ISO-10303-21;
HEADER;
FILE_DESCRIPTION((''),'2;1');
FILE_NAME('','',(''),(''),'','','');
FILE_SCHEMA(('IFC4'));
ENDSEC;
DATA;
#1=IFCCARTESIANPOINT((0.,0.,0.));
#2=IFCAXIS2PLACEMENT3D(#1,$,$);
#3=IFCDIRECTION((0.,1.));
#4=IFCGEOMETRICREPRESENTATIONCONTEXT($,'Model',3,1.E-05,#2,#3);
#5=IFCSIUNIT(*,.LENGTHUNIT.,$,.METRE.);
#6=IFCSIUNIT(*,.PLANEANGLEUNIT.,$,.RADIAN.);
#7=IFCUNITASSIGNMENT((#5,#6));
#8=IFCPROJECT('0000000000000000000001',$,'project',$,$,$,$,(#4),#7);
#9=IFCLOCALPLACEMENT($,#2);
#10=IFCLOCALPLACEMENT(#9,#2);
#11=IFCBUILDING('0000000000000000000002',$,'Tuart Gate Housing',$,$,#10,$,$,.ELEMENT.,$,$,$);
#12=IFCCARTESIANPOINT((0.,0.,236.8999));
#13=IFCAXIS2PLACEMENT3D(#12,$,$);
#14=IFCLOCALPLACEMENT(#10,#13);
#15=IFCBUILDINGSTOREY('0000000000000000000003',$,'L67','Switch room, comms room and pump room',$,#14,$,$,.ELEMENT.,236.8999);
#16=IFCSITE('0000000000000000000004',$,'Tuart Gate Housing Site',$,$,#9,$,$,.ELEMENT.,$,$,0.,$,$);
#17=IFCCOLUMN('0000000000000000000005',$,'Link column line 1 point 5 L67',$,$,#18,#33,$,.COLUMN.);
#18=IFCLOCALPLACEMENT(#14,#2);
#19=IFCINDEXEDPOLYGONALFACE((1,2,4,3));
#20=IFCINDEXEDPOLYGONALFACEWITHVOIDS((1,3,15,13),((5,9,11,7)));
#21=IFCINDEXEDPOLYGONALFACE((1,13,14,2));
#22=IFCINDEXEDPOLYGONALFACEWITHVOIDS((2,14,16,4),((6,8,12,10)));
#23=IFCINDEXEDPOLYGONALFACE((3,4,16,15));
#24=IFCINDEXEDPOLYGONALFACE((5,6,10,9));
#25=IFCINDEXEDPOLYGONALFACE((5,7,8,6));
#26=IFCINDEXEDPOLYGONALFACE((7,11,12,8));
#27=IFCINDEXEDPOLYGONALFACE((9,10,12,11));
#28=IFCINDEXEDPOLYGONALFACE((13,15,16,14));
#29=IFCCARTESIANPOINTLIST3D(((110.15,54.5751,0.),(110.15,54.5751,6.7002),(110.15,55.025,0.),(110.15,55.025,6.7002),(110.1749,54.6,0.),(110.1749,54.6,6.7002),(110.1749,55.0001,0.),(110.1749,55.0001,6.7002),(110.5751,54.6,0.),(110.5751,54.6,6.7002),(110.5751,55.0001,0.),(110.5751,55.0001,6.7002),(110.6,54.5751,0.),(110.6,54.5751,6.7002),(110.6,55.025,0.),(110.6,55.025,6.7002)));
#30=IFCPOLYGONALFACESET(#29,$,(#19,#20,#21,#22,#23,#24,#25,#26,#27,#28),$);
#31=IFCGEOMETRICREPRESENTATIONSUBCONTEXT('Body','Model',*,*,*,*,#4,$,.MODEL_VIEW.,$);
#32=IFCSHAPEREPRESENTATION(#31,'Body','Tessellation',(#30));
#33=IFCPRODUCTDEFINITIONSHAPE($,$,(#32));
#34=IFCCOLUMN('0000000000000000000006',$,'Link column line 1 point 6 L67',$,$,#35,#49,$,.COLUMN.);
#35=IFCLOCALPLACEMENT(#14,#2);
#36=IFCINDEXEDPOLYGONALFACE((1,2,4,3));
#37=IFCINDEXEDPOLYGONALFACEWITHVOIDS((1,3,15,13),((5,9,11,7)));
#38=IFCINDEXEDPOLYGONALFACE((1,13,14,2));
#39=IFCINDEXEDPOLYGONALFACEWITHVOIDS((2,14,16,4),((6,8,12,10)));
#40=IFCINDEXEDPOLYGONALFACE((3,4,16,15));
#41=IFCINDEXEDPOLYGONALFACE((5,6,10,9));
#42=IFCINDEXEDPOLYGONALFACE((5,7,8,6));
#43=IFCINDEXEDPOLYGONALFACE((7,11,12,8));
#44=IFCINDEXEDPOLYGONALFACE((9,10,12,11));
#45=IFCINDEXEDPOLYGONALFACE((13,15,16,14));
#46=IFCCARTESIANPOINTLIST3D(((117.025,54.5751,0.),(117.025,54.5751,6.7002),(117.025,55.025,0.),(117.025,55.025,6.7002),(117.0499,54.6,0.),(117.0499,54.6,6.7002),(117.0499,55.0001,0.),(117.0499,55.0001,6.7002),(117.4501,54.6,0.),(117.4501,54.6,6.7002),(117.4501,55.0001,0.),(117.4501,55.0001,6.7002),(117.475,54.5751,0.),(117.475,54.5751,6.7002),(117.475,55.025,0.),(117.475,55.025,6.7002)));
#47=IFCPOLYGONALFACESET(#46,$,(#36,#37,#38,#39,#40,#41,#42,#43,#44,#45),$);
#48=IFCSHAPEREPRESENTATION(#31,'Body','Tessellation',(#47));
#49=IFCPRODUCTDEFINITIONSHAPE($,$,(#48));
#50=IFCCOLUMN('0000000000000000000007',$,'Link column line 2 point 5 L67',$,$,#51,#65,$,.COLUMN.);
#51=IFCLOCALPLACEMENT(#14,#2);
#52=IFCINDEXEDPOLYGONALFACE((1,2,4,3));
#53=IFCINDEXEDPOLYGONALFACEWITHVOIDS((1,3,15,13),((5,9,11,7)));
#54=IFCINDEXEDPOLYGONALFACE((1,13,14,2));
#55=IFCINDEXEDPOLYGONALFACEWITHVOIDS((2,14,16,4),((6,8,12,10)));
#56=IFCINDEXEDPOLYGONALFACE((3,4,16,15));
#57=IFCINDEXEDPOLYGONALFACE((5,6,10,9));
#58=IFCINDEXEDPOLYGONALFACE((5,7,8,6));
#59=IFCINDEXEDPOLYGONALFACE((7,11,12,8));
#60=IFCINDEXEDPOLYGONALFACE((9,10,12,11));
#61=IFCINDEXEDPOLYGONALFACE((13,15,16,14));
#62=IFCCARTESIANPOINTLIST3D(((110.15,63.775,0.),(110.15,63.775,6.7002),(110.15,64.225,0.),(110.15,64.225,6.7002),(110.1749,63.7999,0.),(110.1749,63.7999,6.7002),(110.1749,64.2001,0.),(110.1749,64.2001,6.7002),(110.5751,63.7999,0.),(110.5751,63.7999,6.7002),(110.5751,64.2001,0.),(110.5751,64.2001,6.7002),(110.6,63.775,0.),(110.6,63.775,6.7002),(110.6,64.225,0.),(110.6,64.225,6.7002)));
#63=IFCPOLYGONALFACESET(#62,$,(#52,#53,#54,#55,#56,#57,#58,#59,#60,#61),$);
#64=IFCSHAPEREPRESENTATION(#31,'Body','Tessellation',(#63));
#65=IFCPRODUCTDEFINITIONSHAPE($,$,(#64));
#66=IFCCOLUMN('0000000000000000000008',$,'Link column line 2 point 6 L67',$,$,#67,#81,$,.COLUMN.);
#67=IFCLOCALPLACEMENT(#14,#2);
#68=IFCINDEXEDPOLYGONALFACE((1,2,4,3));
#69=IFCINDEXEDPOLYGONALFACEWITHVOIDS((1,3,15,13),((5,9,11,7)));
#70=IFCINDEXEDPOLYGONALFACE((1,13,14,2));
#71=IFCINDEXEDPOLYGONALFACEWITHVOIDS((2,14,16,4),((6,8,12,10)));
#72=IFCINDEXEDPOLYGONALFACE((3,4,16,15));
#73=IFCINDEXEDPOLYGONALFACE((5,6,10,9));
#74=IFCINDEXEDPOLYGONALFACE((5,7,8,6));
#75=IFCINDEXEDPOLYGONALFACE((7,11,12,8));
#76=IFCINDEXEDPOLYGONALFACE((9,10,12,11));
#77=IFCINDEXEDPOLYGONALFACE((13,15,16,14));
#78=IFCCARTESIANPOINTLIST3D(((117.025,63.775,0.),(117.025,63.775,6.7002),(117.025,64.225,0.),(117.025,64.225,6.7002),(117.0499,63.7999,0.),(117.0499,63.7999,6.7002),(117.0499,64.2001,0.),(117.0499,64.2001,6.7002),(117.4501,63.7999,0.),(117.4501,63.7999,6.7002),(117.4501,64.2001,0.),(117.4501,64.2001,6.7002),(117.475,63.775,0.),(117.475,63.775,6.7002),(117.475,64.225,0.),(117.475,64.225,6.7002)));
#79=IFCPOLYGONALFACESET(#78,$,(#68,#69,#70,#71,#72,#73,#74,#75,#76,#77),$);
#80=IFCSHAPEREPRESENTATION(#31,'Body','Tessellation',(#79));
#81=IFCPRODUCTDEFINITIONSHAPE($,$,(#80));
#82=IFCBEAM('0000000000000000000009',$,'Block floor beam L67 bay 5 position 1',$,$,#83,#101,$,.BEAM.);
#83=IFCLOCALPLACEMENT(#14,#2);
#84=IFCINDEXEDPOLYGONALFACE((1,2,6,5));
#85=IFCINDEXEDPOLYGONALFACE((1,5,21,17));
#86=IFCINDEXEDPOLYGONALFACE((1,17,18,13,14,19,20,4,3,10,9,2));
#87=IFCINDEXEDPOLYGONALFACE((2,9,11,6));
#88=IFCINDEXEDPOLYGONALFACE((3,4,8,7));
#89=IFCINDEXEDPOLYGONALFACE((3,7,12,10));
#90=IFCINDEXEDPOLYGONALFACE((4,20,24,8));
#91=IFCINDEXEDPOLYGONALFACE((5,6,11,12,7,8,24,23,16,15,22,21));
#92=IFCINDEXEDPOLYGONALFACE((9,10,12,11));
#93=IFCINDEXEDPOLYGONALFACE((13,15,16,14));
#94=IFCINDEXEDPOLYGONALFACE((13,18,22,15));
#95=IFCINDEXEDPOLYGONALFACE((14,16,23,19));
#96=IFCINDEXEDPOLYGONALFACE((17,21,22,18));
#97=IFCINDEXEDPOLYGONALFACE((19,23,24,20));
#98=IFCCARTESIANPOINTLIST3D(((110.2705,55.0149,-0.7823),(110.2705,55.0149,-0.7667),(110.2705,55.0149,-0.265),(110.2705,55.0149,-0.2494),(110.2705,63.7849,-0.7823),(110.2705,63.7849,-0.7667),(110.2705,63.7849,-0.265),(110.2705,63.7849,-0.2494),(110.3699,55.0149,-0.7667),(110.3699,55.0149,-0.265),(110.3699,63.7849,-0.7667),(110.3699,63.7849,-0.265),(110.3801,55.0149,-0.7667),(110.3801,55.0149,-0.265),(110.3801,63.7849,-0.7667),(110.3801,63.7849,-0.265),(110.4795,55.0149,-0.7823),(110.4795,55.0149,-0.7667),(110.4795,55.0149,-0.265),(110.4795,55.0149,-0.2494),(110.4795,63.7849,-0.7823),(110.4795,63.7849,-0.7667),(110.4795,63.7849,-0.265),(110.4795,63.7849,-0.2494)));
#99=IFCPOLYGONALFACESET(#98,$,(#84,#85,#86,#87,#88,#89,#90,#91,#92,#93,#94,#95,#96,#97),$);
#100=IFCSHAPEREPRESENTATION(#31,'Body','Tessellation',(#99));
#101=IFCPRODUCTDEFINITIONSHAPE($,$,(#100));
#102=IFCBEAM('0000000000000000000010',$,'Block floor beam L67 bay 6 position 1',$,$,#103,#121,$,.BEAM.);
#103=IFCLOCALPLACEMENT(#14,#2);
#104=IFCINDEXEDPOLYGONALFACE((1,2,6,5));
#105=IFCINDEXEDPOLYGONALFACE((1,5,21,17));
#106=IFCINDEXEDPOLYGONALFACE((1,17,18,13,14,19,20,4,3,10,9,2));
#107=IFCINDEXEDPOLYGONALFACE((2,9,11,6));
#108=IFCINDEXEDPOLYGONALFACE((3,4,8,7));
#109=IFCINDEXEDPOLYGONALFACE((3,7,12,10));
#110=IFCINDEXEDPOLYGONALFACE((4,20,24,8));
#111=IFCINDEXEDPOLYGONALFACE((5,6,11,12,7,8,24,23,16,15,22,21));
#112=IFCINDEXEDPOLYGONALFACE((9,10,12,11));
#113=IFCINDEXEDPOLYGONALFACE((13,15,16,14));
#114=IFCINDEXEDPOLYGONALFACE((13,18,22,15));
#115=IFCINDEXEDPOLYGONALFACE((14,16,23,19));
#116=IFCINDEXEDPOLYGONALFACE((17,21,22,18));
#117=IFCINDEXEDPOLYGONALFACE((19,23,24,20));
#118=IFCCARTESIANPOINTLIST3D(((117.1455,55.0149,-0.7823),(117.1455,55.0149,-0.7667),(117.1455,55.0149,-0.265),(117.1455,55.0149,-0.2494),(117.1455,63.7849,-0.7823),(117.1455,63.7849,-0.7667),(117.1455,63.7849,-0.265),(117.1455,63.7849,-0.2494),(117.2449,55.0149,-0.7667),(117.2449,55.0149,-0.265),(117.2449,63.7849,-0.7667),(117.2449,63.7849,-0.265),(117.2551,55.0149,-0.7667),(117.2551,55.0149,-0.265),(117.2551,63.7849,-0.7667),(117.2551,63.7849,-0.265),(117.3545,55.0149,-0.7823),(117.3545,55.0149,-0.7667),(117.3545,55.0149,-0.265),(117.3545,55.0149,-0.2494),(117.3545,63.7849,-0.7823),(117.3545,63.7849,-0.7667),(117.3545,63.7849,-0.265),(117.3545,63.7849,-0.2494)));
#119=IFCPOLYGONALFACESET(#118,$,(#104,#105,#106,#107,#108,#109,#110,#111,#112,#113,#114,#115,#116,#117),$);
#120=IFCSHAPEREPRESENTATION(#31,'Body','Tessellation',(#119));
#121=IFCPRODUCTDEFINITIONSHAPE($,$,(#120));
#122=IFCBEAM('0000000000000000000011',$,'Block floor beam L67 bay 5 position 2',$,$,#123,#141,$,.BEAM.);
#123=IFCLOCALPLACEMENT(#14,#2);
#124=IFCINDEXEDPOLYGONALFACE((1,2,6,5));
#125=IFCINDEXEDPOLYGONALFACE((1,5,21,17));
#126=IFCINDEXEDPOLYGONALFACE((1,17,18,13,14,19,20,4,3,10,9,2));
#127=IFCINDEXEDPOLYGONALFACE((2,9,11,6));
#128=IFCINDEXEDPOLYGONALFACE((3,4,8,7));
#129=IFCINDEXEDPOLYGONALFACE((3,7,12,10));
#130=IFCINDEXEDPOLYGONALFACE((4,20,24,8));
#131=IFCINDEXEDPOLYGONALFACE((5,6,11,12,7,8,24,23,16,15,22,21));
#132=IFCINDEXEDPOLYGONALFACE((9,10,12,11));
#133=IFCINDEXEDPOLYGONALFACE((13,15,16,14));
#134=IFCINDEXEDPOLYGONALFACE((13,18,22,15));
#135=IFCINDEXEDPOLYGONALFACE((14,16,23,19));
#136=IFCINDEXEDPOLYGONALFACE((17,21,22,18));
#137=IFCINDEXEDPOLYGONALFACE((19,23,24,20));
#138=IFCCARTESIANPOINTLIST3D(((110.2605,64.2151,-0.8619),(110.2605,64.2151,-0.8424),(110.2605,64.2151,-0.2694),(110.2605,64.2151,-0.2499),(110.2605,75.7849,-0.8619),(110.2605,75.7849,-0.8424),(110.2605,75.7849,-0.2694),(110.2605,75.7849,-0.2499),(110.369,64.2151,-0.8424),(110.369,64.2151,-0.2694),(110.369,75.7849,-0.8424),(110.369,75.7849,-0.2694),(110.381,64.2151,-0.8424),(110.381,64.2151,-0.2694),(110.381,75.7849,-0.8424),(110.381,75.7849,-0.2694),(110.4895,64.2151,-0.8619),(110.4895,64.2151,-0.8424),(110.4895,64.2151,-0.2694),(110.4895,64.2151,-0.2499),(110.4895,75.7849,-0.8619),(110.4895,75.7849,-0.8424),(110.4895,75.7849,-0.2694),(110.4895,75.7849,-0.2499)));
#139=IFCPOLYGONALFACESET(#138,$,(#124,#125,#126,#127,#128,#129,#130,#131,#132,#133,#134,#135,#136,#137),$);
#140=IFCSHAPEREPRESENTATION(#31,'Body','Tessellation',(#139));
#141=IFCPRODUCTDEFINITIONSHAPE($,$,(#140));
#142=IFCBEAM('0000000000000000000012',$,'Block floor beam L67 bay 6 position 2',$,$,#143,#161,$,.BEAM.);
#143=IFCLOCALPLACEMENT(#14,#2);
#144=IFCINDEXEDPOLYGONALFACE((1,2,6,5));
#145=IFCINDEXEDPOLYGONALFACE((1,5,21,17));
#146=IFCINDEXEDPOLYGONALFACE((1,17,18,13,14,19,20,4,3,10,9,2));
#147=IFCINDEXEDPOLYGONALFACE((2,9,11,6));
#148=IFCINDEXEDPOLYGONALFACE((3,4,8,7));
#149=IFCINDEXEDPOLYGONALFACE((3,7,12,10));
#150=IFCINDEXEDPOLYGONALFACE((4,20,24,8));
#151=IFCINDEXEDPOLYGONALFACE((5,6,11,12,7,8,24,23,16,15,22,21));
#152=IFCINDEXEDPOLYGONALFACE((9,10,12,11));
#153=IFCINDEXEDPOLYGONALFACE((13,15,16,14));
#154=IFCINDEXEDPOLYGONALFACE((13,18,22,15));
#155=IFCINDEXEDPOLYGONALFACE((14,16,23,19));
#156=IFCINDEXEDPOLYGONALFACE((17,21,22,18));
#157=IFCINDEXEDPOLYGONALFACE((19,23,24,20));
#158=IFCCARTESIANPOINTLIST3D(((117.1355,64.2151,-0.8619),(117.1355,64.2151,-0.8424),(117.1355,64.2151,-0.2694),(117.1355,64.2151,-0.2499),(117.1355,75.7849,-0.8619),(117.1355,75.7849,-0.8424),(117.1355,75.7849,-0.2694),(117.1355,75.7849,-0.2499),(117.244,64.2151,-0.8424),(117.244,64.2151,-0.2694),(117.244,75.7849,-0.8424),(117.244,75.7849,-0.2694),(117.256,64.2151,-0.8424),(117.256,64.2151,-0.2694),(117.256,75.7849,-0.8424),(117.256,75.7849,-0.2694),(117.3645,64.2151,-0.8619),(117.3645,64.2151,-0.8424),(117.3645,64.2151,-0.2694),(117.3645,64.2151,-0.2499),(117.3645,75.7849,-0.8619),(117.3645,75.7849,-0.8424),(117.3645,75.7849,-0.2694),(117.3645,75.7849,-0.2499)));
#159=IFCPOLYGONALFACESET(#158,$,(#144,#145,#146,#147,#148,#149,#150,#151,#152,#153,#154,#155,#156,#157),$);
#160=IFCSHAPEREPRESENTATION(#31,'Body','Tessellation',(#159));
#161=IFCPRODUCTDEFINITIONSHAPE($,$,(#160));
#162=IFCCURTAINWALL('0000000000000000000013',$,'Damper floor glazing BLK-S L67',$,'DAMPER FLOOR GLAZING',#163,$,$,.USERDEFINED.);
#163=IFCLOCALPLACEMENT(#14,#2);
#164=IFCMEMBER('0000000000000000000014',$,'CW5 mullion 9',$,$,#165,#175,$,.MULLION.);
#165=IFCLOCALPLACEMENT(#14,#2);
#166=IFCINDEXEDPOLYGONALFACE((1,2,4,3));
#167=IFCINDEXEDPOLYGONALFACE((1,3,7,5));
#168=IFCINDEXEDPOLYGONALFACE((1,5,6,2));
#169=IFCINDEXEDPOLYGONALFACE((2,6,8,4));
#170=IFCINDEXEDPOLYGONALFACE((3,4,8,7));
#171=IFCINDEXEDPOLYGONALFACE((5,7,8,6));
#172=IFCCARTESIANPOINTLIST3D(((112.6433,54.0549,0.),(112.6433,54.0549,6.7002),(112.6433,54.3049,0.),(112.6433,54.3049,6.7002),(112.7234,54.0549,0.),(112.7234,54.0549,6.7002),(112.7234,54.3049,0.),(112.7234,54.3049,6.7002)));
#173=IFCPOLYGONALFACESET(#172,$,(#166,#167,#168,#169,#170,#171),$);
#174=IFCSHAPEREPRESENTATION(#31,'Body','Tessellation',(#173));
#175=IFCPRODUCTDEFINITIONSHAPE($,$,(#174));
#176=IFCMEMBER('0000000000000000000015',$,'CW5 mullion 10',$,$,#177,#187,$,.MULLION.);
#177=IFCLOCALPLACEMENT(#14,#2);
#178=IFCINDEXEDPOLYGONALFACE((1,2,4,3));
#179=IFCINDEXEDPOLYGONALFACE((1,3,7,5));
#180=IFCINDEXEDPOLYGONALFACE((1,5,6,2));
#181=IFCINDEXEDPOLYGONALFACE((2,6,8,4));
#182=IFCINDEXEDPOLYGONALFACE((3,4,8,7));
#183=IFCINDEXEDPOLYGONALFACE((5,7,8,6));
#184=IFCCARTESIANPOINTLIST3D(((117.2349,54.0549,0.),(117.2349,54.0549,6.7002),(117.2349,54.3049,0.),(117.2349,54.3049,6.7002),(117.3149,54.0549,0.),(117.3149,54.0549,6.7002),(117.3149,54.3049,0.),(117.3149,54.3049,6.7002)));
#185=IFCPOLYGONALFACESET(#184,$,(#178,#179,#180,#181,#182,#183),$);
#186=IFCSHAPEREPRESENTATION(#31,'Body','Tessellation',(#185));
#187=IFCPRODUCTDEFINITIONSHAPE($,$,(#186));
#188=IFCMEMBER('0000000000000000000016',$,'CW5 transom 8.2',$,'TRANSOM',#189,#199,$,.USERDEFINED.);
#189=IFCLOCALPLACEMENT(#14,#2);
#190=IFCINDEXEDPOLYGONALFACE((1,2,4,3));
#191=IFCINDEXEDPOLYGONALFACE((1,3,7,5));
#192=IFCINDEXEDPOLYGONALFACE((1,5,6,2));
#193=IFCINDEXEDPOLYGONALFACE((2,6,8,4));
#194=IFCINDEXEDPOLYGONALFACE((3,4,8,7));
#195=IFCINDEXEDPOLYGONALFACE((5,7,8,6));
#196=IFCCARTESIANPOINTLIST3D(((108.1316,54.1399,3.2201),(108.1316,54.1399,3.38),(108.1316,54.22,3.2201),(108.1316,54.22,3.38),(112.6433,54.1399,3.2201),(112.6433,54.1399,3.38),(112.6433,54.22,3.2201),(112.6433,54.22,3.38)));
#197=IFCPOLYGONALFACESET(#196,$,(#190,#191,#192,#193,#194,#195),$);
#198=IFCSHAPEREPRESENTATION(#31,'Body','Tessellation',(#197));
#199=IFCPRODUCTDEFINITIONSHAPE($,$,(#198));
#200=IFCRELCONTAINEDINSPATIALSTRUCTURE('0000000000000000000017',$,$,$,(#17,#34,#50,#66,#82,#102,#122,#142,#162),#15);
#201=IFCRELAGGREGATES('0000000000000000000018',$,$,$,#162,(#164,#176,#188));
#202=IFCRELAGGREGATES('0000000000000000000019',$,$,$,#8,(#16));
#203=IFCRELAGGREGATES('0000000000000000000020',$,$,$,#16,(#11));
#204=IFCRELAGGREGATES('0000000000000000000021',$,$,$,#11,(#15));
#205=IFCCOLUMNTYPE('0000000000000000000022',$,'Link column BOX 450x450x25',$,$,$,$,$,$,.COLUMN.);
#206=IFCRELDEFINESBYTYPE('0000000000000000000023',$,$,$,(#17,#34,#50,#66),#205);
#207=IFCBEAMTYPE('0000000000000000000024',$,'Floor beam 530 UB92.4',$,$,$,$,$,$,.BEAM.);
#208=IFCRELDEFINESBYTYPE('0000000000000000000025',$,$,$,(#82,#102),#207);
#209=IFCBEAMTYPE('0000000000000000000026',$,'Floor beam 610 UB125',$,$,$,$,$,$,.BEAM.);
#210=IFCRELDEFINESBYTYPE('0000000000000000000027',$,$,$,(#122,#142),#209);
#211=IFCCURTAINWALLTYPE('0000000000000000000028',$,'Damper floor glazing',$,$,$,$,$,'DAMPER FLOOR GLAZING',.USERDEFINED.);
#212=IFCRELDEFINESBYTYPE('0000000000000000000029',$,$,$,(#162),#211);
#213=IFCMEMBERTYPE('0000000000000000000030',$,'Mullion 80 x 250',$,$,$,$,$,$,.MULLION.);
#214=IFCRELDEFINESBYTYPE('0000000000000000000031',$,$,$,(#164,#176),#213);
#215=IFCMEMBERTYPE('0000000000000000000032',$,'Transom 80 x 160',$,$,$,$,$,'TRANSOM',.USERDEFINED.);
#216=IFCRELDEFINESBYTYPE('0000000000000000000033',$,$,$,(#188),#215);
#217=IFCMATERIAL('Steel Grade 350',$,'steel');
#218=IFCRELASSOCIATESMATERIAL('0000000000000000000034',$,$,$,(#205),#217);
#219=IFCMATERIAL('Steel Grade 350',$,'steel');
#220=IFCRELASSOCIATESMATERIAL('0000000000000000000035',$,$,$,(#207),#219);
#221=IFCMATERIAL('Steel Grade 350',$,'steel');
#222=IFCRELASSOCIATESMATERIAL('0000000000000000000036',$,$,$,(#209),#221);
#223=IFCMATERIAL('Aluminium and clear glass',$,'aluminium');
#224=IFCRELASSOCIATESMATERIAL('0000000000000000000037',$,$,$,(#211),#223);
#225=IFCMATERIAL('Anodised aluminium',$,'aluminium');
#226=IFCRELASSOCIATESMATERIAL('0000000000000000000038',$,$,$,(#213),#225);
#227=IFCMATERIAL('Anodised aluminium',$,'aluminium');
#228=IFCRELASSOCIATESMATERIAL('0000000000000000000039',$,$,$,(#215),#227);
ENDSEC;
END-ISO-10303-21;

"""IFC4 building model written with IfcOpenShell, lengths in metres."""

from ifc_helpers import new_model, si_unit, direction, frame, origin, origin_2d, place, context, subcontext, project, spatial, rectangle, hollow_rectangle, i_section, extrude, material, material_profile, profile_set, type_object, element, aggregate, save


model = new_model("IFC4")

# Units and contexts
model_context = context("Model", 3, precision=1e-05, world=origin(), true_north=direction((0.0, 1.0)))
body_context = subcontext(model_context, "Body", "Model", "MODEL_VIEW")
ifc_project = project(units=[si_unit("LENGTHUNIT", "METRE"), si_unit("PLANEANGLEUNIT", "RADIAN")], contexts=[model_context])

# Site, building, storey
site_placement = place(None, origin())
site = spatial("IfcSite", under=ifc_project, at=site_placement, Name="Tuart Gate Housing Site", CompositionType="ELEMENT", RefElevation=0.0)
building_placement = place(site_placement, origin())
building = spatial("IfcBuilding", under=site, at=building_placement, Name="Tuart Gate Housing", CompositionType="ELEMENT")
storey_placement = place(building_placement, frame((0.0, 0.0, 236.8999)))
storey = spatial("IfcBuildingStorey", under=building, at=storey_placement, Name="L67", Description="Switch room, comms room and pump room", CompositionType="ELEMENT", Elevation=236.8999)

# Columns
ifc_material_1 = material(Name="Steel Grade 350", Category="steel")
ifc_material_profile_1 = material_profile(ifc_material_1, hollow_rectangle(XDim=0.45, YDim=0.45, WallThickness=0.0249, at=origin_2d()), Name="BOX 450x450x25")
ifc_profile_set_1 = profile_set([ifc_material_profile_1], Name="Steel Grade 350")
column_type = type_object("IfcColumnType", Name="Link column BOX 450x450x25", PredefinedType="COLUMN", material=ifc_profile_set_1)
for number, where, z_axis, x_axis, name in (
    (1, (110.375, 54.8, 0.0), (0.0, 0.0, 1.0), (1.0, 0.0, 0.0), "Link column line 1 point 5 L67"),
    (2, (117.25, 54.8, 0.0), (0.0, 0.0, 1.0), (1.0, 0.0, 0.0), "Link column line 1 point 6 L67"),
    (3, (110.375, 64.0, 0.0), (0.0, 0.0, 1.0), (1.0, 0.0, 0.0), "Link column line 2 point 5 L67"),
    (4, (117.25, 64.0, 0.0), (0.0, 0.0, 1.0), (1.0, 0.0, 0.0), "Link column line 2 point 6 L67"),
):
    element("IfcColumn", number, at=place(storey_placement, frame(where, z_axis=z_axis, x_axis=x_axis)), inside=storey, type_object=column_type, Name=name, PredefinedType="COLUMN", context=body_context, shape_type="SweptSolid", body=[
        extrude(hollow_rectangle(XDim=0.45, YDim=0.45, WallThickness=0.0249, at=origin_2d()), origin(), (0.0, 0.0, 1.0), 6.7002),
    ])

# Beams
ifc_material_2 = material(Name="Steel Grade 350", Category="steel")
ifc_material_profile_2 = material_profile(ifc_material_2, i_section(OverallWidth=0.209, OverallDepth=0.533, WebThickness=0.0103, FlangeThickness=0.0156, at=origin_2d()), Name="530UB92.4")
ifc_profile_set_2 = profile_set([ifc_material_profile_2], Name="Steel Grade 350")
beam_type_1 = type_object("IfcBeamType", Name="Floor beam 530 UB92.4", PredefinedType="BEAM", material=ifc_profile_set_2)
for number, where, z_axis, x_axis, name in (
    (5, (110.375, 55.0149, -0.5159), (0.0, 1.0, 0.0), (-1.0, 0.0, 0.0), "Block floor beam L67 bay 5 position 1"),
    (6, (117.25, 55.0149, -0.5159), (0.0, 1.0, 0.0), (-1.0, 0.0, 0.0), "Block floor beam L67 bay 6 position 1"),
):
    element("IfcBeam", number, at=place(storey_placement, frame(where, z_axis=z_axis, x_axis=x_axis)), inside=storey, type_object=beam_type_1, Name=name, PredefinedType="BEAM", context=body_context, shape_type="SweptSolid", body=[
        extrude(i_section(OverallWidth=0.209, OverallDepth=0.533, WebThickness=0.0103, FlangeThickness=0.0156, at=origin_2d()), origin(), (0.0, 0.0, 1.0), 8.77),
    ])
ifc_material_3 = material(Name="Steel Grade 350", Category="steel")
ifc_material_profile_3 = material_profile(ifc_material_3, i_section(OverallWidth=0.229, OverallDepth=0.6121, WebThickness=0.012, FlangeThickness=0.0195, at=origin_2d()), Name="610UB125")
ifc_profile_set_3 = profile_set([ifc_material_profile_3], Name="Steel Grade 350")
beam_type_2 = type_object("IfcBeamType", Name="Floor beam 610 UB125", PredefinedType="BEAM", material=ifc_profile_set_3)
for number, where, z_axis, x_axis, name in (
    (7, (110.375, 64.2151, -0.5559), (0.0, 1.0, 0.0), (-1.0, 0.0, 0.0), "Block floor beam L67 bay 5 position 2"),
    (8, (117.25, 64.2151, -0.5559), (0.0, 1.0, 0.0), (-1.0, 0.0, 0.0), "Block floor beam L67 bay 6 position 2"),
):
    element("IfcBeam", number, at=place(storey_placement, frame(where, z_axis=z_axis, x_axis=x_axis)), inside=storey, type_object=beam_type_2, Name=name, PredefinedType="BEAM", context=body_context, shape_type="SweptSolid", body=[
        extrude(i_section(OverallWidth=0.229, OverallDepth=0.6121, WebThickness=0.012, FlangeThickness=0.0195, at=origin_2d()), origin(), (0.0, 0.0, 1.0), 11.5698),
    ])

# Curtain wall, members
ifc_material_4 = material(Name="Aluminium and clear glass", Category="aluminium")
curtain_wall_type = type_object("IfcCurtainWallType", Name="Damper floor glazing", ElementType="DAMPER FLOOR GLAZING", PredefinedType="USERDEFINED", material=ifc_material_4)
curtain_wall_placement = place(storey_placement, origin())
curtain_wall = element("IfcCurtainWall", 9, at=curtain_wall_placement, inside=storey, type_object=curtain_wall_type, Name="Damper floor glazing BLK-S L67", ObjectType="DAMPER FLOOR GLAZING", PredefinedType="USERDEFINED")
ifc_material_5 = material(Name="Anodised aluminium", Category="aluminium")
ifc_material_profile_4 = material_profile(ifc_material_5, rectangle(XDim=0.0801, YDim=0.25, at=origin_2d()), Name="80x250")
ifc_profile_set_4 = profile_set([ifc_material_profile_4], Name="Anodised aluminium")
member_type_1 = type_object("IfcMemberType", Name="Mullion 80 x 250", PredefinedType="MULLION", material=ifc_profile_set_4)
member_1_placement = place(storey_placement, frame((112.6833, 54.1799, 0.0), z_axis=(0.0, 0.0, 1.0), x_axis=(1.0, 0.0, 0.0)))
member_1 = element("IfcMember", 10, at=member_1_placement, type_object=member_type_1, Name="CW5 mullion 9", PredefinedType="MULLION", context=body_context, shape_type="SweptSolid", body=[
    extrude(rectangle(XDim=0.0801, YDim=0.25, at=origin_2d()), origin(), (0.0, 0.0, 1.0), 6.7002),
])
member_2_placement = place(storey_placement, frame((117.2749, 54.1799, 0.0), z_axis=(0.0, 0.0, 1.0), x_axis=(1.0, 0.0, 0.0)))
member_2 = element("IfcMember", 11, at=member_2_placement, type_object=member_type_1, Name="CW5 mullion 10", PredefinedType="MULLION", context=body_context, shape_type="SweptSolid", body=[
    extrude(rectangle(XDim=0.0801, YDim=0.25, at=origin_2d()), origin(), (0.0, 0.0, 1.0), 6.7002),
])
ifc_material_6 = material(Name="Anodised aluminium", Category="aluminium")
ifc_material_profile_5 = material_profile(ifc_material_6, rectangle(XDim=0.0801, YDim=0.1599, at=origin_2d()), Name="80x160")
ifc_profile_set_5 = profile_set([ifc_material_profile_5], Name="Anodised aluminium")
member_type_2 = type_object("IfcMemberType", Name="Transom 80 x 160", ElementType="TRANSOM", PredefinedType="USERDEFINED", material=ifc_profile_set_5)
member_3_placement = place(storey_placement, frame((108.1316, 54.1799, 3.3), z_axis=(1.0, 0.0, 0.0), x_axis=(0.0, 1.0, 0.0)))
member_3 = element("IfcMember", 12, at=member_3_placement, type_object=member_type_2, Name="CW5 transom 8.2", ObjectType="TRANSOM", PredefinedType="USERDEFINED", context=body_context, shape_type="SweptSolid", body=[
    extrude(rectangle(XDim=0.0801, YDim=0.1599, at=origin_2d()), origin(), (0.0, 0.0, 1.0), 4.5117),
])
aggregate(curtain_wall, [member_1, member_2, member_3])

save(model, "model.ifc")
